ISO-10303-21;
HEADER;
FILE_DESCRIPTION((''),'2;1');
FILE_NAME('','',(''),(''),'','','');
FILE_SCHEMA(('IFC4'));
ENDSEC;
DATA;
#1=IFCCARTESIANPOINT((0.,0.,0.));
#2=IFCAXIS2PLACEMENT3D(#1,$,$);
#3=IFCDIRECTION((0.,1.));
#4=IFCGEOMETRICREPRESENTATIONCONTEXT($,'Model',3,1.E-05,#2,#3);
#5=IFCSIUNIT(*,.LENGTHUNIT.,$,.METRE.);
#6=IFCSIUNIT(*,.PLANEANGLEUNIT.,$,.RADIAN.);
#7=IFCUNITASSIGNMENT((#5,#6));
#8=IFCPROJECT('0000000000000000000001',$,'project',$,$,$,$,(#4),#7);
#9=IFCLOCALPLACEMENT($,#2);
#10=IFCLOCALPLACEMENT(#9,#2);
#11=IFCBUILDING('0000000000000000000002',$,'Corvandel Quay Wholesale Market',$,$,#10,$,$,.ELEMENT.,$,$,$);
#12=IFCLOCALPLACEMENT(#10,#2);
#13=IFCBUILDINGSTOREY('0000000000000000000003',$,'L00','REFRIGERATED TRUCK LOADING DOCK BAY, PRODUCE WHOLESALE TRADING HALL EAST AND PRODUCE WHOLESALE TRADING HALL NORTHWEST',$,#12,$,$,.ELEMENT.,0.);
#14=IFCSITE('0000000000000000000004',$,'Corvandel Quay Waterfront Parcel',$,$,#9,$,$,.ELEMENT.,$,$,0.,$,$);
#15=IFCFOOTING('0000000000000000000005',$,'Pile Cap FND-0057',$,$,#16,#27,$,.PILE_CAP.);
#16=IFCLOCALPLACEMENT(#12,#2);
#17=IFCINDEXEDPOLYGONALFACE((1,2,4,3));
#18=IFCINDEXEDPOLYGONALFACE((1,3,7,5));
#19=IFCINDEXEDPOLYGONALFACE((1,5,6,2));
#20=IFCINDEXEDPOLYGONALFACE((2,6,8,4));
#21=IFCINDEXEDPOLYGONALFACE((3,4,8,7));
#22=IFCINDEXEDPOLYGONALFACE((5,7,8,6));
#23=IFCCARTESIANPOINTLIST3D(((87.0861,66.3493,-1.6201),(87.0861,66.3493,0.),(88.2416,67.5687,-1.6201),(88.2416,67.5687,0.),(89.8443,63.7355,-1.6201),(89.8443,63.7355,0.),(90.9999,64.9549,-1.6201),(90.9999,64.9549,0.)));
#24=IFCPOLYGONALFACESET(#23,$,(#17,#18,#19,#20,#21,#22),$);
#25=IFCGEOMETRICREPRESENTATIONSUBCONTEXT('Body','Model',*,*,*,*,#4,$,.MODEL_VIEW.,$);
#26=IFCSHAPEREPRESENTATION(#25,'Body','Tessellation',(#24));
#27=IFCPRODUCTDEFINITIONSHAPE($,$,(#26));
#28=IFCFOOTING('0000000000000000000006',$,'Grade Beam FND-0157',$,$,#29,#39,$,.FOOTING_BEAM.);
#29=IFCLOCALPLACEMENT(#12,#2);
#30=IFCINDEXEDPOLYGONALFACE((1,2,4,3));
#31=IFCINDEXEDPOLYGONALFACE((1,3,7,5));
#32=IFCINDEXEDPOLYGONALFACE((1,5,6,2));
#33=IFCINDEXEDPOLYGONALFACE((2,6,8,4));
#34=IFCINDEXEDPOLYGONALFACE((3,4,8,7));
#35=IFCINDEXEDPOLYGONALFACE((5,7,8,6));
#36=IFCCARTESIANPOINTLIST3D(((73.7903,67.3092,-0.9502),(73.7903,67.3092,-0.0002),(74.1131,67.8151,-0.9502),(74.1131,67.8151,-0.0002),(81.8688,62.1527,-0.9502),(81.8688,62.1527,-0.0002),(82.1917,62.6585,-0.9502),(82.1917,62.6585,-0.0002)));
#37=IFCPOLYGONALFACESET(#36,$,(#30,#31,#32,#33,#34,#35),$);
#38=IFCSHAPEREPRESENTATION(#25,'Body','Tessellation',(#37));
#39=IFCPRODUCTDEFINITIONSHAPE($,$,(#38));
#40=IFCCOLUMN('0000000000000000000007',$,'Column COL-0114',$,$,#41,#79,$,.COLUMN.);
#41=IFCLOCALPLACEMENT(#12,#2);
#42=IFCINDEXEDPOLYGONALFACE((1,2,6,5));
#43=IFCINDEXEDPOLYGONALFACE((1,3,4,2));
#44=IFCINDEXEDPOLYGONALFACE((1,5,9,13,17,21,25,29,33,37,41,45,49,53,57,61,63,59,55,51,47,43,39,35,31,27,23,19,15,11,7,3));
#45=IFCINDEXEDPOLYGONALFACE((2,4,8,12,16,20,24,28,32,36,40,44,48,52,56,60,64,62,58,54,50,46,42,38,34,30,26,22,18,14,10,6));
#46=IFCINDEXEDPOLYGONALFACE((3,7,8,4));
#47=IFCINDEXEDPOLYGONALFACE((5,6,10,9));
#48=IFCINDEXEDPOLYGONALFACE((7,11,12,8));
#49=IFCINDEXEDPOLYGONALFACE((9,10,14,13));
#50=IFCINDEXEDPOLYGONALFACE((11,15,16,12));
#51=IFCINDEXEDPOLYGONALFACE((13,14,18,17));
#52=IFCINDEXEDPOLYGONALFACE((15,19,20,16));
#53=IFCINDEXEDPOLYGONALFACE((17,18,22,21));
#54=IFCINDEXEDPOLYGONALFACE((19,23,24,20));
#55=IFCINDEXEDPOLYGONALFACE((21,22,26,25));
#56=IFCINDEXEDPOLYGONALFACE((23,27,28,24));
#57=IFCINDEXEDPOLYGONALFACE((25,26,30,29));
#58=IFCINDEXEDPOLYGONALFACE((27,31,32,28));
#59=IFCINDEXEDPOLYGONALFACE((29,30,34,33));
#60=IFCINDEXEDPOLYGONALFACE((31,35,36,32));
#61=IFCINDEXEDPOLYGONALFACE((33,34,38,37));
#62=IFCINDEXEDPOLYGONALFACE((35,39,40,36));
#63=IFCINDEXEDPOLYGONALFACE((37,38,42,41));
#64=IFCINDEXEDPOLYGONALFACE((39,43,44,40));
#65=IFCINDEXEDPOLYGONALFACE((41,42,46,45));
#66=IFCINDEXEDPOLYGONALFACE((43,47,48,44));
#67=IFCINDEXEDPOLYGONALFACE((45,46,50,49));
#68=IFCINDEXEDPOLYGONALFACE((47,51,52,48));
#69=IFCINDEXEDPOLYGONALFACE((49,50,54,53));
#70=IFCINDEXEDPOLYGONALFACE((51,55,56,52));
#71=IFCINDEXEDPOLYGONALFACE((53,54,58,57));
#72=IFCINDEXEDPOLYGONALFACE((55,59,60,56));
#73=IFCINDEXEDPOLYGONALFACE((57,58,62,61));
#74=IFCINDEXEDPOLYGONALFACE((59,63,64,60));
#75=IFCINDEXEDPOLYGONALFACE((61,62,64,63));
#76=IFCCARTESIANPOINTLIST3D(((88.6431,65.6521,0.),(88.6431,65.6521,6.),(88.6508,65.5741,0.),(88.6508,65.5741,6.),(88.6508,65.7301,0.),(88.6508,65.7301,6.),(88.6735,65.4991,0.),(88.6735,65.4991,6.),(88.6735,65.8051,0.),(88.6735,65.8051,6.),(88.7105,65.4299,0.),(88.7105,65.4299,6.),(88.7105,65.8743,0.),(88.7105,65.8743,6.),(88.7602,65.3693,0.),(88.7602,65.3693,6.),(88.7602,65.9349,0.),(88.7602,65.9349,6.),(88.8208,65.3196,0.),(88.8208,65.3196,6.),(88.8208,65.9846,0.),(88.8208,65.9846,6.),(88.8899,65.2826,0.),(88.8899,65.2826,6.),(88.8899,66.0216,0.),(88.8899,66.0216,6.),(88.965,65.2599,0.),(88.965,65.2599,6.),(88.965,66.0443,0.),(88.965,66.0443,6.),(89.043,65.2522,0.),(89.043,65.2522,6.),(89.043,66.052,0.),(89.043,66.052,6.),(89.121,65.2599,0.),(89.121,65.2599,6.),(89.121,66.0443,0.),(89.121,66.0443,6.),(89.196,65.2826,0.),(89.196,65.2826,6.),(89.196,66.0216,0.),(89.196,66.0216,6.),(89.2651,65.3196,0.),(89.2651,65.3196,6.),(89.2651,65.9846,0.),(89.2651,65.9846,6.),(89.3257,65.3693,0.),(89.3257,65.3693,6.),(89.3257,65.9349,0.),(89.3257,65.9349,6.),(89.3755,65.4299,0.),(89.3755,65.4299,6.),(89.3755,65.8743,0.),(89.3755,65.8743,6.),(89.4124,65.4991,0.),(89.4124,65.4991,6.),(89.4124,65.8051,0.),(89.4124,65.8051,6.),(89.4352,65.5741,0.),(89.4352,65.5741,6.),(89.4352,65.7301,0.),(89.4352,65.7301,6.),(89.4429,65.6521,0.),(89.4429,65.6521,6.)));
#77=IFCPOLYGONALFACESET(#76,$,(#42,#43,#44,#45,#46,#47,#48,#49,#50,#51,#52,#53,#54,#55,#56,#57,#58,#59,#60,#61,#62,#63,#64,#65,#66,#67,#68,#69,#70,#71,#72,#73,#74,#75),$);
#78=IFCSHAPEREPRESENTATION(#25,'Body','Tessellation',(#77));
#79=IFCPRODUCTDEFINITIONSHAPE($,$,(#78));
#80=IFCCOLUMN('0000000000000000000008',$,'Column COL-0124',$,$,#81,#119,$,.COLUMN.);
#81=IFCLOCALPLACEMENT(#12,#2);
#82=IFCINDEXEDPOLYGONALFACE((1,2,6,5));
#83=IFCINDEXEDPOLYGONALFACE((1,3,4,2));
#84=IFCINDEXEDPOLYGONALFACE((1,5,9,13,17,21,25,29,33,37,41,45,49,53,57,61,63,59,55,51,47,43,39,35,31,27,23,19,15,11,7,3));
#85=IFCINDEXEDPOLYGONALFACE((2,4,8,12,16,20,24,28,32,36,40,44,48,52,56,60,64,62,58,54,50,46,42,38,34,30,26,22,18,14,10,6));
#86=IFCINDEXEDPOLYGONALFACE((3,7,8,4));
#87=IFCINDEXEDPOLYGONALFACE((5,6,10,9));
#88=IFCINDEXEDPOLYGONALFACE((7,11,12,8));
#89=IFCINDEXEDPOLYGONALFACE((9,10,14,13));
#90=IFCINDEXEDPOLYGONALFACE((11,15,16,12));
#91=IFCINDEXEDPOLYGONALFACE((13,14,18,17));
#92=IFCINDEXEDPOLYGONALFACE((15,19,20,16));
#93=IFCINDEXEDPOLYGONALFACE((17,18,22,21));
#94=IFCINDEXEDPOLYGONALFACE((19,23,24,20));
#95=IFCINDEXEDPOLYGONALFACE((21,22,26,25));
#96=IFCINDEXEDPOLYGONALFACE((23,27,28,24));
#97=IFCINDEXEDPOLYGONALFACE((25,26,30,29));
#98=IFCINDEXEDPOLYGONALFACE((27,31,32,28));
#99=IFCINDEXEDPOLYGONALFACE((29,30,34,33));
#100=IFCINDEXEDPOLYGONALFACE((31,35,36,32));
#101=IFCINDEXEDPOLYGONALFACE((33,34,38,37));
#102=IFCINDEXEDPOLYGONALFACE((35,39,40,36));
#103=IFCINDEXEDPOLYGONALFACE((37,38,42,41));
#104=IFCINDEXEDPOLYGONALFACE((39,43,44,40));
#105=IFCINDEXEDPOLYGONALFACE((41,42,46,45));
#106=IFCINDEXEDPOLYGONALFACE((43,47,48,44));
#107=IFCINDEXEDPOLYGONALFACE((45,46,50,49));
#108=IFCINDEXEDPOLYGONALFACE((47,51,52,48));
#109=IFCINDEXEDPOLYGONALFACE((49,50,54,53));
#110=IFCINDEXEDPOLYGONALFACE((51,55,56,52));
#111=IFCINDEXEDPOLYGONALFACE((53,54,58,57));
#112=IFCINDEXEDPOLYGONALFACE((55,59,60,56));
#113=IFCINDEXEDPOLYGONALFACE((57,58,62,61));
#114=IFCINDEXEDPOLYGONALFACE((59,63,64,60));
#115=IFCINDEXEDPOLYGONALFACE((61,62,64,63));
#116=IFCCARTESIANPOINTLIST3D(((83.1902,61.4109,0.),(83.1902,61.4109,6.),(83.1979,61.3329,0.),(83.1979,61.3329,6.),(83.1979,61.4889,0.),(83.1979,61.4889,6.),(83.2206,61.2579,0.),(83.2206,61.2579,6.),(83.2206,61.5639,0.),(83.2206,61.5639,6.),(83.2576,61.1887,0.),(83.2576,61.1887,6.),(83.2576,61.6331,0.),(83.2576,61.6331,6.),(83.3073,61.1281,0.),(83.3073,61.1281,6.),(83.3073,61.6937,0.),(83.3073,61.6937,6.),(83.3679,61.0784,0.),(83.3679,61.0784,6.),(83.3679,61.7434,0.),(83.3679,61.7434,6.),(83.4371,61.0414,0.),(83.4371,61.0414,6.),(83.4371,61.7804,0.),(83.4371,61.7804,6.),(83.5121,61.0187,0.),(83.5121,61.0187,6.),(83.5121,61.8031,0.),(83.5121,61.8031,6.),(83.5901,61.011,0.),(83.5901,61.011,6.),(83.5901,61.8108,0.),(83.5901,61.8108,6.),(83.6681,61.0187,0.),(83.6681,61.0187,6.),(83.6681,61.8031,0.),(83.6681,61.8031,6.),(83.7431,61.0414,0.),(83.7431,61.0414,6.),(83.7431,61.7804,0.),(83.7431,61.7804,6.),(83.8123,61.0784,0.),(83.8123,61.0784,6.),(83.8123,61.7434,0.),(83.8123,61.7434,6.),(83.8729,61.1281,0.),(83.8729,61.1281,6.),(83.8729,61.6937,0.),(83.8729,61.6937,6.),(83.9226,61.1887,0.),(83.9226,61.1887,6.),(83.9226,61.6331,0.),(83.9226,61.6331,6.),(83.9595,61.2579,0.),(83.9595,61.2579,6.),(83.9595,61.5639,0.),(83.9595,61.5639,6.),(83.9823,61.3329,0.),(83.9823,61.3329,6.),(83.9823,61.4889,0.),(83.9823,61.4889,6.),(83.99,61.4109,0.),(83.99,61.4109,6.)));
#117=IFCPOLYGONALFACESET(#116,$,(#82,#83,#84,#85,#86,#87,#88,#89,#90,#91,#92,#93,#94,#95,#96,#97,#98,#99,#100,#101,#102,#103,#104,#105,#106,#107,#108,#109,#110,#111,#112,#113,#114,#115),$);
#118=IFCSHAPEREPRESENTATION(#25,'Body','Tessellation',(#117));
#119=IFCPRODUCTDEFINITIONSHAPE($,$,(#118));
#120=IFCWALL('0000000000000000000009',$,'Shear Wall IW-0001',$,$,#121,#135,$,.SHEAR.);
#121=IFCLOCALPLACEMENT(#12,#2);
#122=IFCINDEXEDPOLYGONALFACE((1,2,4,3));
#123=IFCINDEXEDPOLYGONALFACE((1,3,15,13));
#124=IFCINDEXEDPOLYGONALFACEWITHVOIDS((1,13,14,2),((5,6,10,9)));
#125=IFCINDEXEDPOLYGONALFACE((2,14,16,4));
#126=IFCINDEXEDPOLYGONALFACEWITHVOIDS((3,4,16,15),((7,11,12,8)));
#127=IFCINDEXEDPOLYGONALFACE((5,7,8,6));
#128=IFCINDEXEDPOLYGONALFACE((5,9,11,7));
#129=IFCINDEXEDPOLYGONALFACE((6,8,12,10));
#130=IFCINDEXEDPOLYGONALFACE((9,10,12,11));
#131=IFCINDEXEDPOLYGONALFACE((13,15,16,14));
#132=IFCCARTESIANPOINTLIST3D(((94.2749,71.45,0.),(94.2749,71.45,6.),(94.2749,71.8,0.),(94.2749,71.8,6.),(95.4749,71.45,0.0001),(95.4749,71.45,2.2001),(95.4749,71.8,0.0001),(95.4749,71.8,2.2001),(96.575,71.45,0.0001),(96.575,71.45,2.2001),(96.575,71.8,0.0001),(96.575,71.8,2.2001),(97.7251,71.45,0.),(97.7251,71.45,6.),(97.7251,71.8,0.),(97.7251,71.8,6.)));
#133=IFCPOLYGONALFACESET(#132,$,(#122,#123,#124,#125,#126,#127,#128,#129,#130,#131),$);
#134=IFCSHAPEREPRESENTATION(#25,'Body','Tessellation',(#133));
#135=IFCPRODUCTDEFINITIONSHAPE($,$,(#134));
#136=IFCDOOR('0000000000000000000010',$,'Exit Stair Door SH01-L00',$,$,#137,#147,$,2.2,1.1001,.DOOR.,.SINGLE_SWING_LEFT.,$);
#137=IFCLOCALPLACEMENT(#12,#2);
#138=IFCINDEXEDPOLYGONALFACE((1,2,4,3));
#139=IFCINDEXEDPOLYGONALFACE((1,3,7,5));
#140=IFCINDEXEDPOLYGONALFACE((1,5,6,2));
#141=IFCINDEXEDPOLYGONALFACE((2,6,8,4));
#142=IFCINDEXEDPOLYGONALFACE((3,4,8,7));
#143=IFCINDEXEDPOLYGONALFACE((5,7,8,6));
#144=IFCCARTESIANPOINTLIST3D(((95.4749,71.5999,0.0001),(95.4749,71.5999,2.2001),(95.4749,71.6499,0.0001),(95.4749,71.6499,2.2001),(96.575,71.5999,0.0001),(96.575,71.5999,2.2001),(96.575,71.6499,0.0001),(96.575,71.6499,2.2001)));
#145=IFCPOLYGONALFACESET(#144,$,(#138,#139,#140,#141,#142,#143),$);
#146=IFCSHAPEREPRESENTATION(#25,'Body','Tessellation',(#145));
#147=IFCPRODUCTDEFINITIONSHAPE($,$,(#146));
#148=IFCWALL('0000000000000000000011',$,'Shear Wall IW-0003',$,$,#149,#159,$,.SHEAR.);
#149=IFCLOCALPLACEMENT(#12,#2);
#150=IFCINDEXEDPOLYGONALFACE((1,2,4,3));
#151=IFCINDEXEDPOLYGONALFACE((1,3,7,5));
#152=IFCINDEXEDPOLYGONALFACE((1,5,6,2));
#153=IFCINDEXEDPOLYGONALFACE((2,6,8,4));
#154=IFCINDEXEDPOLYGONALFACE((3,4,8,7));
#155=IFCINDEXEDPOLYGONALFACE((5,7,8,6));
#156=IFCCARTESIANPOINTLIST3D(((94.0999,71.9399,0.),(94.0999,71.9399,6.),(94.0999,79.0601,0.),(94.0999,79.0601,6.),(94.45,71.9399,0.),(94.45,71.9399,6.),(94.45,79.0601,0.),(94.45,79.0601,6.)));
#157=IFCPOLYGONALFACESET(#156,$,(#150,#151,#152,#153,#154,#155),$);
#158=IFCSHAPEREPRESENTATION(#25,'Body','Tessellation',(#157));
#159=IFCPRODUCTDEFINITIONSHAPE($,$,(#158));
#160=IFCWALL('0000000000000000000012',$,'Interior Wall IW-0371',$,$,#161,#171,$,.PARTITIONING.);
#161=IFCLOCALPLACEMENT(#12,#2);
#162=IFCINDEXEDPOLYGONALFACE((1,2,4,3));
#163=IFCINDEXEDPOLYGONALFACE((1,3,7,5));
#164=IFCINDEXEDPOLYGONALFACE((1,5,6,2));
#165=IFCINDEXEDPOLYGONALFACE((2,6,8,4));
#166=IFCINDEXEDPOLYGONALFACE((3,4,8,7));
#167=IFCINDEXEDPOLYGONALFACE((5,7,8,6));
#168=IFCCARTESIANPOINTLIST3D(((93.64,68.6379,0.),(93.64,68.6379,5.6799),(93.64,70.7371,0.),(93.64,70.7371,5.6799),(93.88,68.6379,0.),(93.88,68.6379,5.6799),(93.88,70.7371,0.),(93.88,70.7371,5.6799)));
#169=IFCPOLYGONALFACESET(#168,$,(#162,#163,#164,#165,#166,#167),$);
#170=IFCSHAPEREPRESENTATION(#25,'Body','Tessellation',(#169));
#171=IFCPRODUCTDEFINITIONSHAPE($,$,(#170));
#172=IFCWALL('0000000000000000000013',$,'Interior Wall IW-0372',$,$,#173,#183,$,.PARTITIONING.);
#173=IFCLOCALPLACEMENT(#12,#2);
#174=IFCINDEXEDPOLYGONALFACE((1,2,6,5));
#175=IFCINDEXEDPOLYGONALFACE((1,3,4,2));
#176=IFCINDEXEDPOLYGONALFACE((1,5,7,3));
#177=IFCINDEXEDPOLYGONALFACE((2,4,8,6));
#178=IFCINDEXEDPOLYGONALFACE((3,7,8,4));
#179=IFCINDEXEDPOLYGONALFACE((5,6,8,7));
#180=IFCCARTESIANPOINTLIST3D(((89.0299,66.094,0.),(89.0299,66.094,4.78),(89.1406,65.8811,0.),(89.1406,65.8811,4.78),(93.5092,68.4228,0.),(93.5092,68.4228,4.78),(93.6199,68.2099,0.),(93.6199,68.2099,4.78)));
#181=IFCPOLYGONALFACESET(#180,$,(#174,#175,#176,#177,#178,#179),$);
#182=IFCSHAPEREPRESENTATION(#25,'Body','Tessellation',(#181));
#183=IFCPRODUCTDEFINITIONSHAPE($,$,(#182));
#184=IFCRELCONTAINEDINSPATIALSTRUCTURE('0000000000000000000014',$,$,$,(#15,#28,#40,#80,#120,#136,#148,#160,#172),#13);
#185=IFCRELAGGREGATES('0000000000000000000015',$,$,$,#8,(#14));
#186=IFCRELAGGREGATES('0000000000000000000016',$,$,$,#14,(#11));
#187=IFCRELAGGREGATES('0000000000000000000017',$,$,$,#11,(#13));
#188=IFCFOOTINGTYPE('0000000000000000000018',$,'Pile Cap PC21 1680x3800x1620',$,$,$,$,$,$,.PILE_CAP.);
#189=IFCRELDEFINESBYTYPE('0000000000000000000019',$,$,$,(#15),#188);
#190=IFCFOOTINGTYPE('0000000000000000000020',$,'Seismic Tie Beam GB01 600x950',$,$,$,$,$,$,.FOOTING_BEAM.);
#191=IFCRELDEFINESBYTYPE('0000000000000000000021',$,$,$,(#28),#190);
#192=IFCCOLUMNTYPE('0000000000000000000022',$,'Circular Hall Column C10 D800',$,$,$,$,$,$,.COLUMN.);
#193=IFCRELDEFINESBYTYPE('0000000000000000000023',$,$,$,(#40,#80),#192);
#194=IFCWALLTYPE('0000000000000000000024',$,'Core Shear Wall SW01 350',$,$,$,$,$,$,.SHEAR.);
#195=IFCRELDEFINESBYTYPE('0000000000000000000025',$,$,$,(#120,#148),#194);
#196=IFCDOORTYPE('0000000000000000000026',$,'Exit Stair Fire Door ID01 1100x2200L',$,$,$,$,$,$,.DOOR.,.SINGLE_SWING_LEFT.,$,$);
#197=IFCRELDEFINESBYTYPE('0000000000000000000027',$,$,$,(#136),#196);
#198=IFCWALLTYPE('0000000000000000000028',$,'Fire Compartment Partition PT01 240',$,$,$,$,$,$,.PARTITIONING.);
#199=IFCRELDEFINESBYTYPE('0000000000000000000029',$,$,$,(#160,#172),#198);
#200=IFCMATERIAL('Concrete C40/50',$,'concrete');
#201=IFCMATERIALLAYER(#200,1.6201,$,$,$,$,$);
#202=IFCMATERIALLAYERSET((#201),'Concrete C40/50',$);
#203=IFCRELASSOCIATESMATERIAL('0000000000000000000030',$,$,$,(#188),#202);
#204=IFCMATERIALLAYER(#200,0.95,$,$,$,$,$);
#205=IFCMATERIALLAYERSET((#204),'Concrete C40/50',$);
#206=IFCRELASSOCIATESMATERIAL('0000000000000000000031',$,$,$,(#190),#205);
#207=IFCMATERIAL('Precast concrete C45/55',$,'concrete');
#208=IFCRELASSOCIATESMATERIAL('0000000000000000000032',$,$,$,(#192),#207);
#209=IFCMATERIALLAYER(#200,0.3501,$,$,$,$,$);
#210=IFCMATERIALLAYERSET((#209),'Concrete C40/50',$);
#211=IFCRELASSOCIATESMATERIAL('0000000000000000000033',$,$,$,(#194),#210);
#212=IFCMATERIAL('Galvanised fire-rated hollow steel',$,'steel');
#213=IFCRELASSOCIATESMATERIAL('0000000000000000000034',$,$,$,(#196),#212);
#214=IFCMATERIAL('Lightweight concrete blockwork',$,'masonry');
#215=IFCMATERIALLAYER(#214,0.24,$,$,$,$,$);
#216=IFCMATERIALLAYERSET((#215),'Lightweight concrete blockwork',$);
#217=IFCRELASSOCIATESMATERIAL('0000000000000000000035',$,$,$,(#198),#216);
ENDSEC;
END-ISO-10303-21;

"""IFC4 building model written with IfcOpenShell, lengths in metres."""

from ifc_helpers import new_model, si_unit, direction, frame, frame_2d, origin, origin_2d, place, context, subcontext, project, spatial, rectangle, circle, extrude, material, layer, layer_set, material_profile, profile_set, type_object, element, fill, save


model = new_model("IFC4")

# Units and contexts
model_context = context("Model", 3, precision=1e-05, world=origin(), true_north=direction((0.0, 1.0)))
body_context = subcontext(model_context, "Body", "Model", "MODEL_VIEW")
ifc_project = project(units=[si_unit("LENGTHUNIT", "METRE"), si_unit("PLANEANGLEUNIT", "RADIAN")], contexts=[model_context])

# Site, building, storey
site_placement = place(None, origin())
site = spatial("IfcSite", under=ifc_project, at=site_placement, Name="Corvandel Quay Waterfront Parcel", CompositionType="ELEMENT", RefElevation=0.0)
building_placement = place(site_placement, origin())
building = spatial("IfcBuilding", under=site, at=building_placement, Name="Corvandel Quay Wholesale Market", CompositionType="ELEMENT")
storey_placement = place(building_placement, origin())
storey = spatial("IfcBuildingStorey", under=building, at=storey_placement, Name="L00", Description="REFRIGERATED TRUCK LOADING DOCK BAY, PRODUCE WHOLESALE TRADING HALL EAST AND PRODUCE WHOLESALE TRADING HALL NORTHWEST", CompositionType="ELEMENT", Elevation=0.0)

# Shared definitions
ifc_material_1 = material(Name="Concrete C40/50", Category="concrete")

# Footings
ifc_layer_1 = layer(ifc_material_1, 1.6201)
ifc_layer_set_1 = layer_set([ifc_layer_1], Name="Concrete C40/50")
footing_type_1 = type_object("IfcFootingType", Name="Pile Cap PC21 1680x3800x1620", PredefinedType="PILE_CAP", material=ifc_layer_set_1)
footing_1_placement = place(storey_placement, frame((89.043, 65.6521, -1.6201), z_axis=(0.0, 0.0, 1.0), x_axis=(0.687848, 0.725855, 0.0)))
element("IfcFooting", 1, at=footing_1_placement, inside=storey, type_object=footing_type_1, Name="Pile Cap FND-0057", PredefinedType="PILE_CAP", context=body_context, shape_type="SweptSolid", body=[
    extrude(rectangle(XDim=1.6799, YDim=3.8, at=origin_2d()), origin(), (0.0, 0.0, 1.0), 1.6201),
])
ifc_layer_2 = layer(ifc_material_1, 0.95)
ifc_layer_set_2 = layer_set([ifc_layer_2], Name="Concrete C40/50")
footing_type_2 = type_object("IfcFootingType", Name="Seismic Tie Beam GB01 600x950", PredefinedType="FOOTING_BEAM", material=ifc_layer_set_2)
footing_2_placement = place(storey_placement, frame((77.991, 64.9839, -0.9502), z_axis=(0.0, 0.0, 1.0), x_axis=(-0.842922, 0.538035, 0.0)))
element("IfcFooting", 2, at=footing_2_placement, inside=storey, type_object=footing_type_2, Name="Grade Beam FND-0157", PredefinedType="FOOTING_BEAM", context=body_context, shape_type="SweptSolid", body=[
    extrude(rectangle(XDim=9.584, YDim=0.6001, at=origin_2d()), origin(), (0.0, 0.0, 1.0), 0.95),
])

# Columns
ifc_material_2 = material(Name="Precast concrete C45/55", Category="concrete")
ifc_material_profile_1 = material_profile(ifc_material_2, circle(Radius=0.3999, at=origin_2d()), Name="PC-COL-D800")
ifc_profile_set_1 = profile_set([ifc_material_profile_1], Name="Precast concrete C45/55")
column_type = type_object("IfcColumnType", Name="Circular Hall Column C10 D800", PredefinedType="COLUMN", material=ifc_profile_set_1)
for number, where, z_axis, x_axis, name in (
    (3, (89.043, 65.6521, 0.0), (0.0, 0.0, 1.0), (1.0, 0.0, 0.0), "Column COL-0114"),
    (4, (83.5901, 61.4109, 0.0), (0.0, 0.0, 1.0), (1.0, 0.0, 0.0), "Column COL-0124"),
):
    element("IfcColumn", number, at=place(storey_placement, frame(where, z_axis=z_axis, x_axis=x_axis)), inside=storey, type_object=column_type, Name=name, PredefinedType="COLUMN", context=body_context, shape_type="SweptSolid", body=[
        extrude(circle(Radius=0.3999, at=origin_2d()), origin(), (0.0, 0.0, 1.0), 6.0),
    ])

# Wall, opening, door
ifc_layer_3 = layer(ifc_material_1, 0.3501)
ifc_layer_set_3 = layer_set([ifc_layer_3], Name="Concrete C40/50")
wall_type_1 = type_object("IfcWallType", Name="Core Shear Wall SW01 350", PredefinedType="SHEAR", material=ifc_layer_set_3)
wall_1_placement = place(storey_placement, frame((94.2749, 71.625, 0.0), z_axis=(0.0, 0.0, 1.0), x_axis=(1.0, 0.0, 0.0)))
wall_1 = element("IfcWall", 5, at=wall_1_placement, inside=storey, type_object=wall_type_1, Name="Shear Wall IW-0001", PredefinedType="SHEAR", context=body_context, shape_type="SweptSolid", body=[
    extrude(rectangle(XDim=3.4502, YDim=0.3501, at=frame_2d((1.7251, 0.0))), origin(), (0.0, 0.0, 1.0), 6.0),
])
opening_placement = place(wall_1_placement, frame((1.2, 0.0, 0.0)))
opening = element("IfcOpeningElement", 6, at=opening_placement, cuts=wall_1, PredefinedType="OPENING", context=body_context, shape_type="SweptSolid", body=[
    extrude(rectangle(XDim=1.1001, YDim=2.2, at=frame_2d((0.55, 1.1001))), frame((0.0, 0.1851, 0.0), z_axis=(0.0, -1.0, 0.0), x_axis=(1.0, 0.0, 0.0)), (0.0, 0.0, 1.0), 0.3701),
])
ifc_material_3 = material(Name="Galvanised fire-rated hollow steel", Category="steel")
door_type = type_object("IfcDoorType", Name="Exit Stair Fire Door ID01 1100x2200L", OperationType="SINGLE_SWING_LEFT", PredefinedType="DOOR", material=ifc_material_3)
door_placement = place(opening_placement, origin())
door = element("IfcDoor", 7, at=door_placement, inside=storey, type_object=door_type, Name="Exit Stair Door SH01-L00", OperationType="SINGLE_SWING_LEFT", OverallHeight=2.2, OverallWidth=1.1001, PredefinedType="DOOR", context=body_context, shape_type="SweptSolid", body=[
    extrude(rectangle(XDim=1.1001, YDim=2.2, at=frame_2d((0.55, 1.1001))), frame((0.0, 0.0249, 0.0), z_axis=(0.0, -1.0, 0.0), x_axis=(1.0, 0.0, 0.0)), (0.0, 0.0, 1.0), 0.05),
])
fill(opening, door)

# Walls
wall_2_placement = place(storey_placement, frame((94.2749, 71.9399, 0.0), z_axis=(0.0, 0.0, 1.0), x_axis=(0.0, 1.0, 0.0)))
element("IfcWall", 8, at=wall_2_placement, inside=storey, type_object=wall_type_1, Name="Shear Wall IW-0003", PredefinedType="SHEAR", context=body_context, shape_type="SweptSolid", body=[
    extrude(rectangle(XDim=7.1201, YDim=0.3501, at=frame_2d((3.5601, 0.0))), origin(), (0.0, 0.0, 1.0), 6.0),
])
ifc_material_4 = material(Name="Lightweight concrete blockwork", Category="masonry")
ifc_layer_4 = layer(ifc_material_4, 0.24)
ifc_layer_set_4 = layer_set([ifc_layer_4], Name="Lightweight concrete blockwork")
wall_type_2 = type_object("IfcWallType", Name="Fire Compartment Partition PT01 240", PredefinedType="PARTITIONING", material=ifc_layer_set_4)
wall_3_placement = place(storey_placement, frame((93.76, 70.7371, 0.0), z_axis=(0.0, 0.0, 1.0), x_axis=(0.0, -1.0, 0.0)))
element("IfcWall", 9, at=wall_3_placement, inside=storey, type_object=wall_type_2, Name="Interior Wall IW-0371", PredefinedType="PARTITIONING", context=body_context, shape_type="SweptSolid", body=[
    extrude(rectangle(XDim=2.0991, YDim=0.24, at=frame_2d((1.0496, 0.0))), origin(), (0.0, 0.0, 1.0), 5.6799),
])
wall_4_placement = place(storey_placement, frame((93.5647, 68.3164, 0.0), z_axis=(0.0, 0.0, 1.0), x_axis=(-0.887256, -0.461278, 0.0)))
element("IfcWall", 10, at=wall_4_placement, inside=storey, type_object=wall_type_2, Name="Interior Wall IW-0372", PredefinedType="PARTITIONING", context=body_context, shape_type="SweptSolid", body=[
    extrude(rectangle(XDim=5.0486, YDim=0.24, at=frame_2d((2.5244, 0.0))), origin(), (0.0, 0.0, 1.0), 4.78),
])

save(model, "model.ifc")
